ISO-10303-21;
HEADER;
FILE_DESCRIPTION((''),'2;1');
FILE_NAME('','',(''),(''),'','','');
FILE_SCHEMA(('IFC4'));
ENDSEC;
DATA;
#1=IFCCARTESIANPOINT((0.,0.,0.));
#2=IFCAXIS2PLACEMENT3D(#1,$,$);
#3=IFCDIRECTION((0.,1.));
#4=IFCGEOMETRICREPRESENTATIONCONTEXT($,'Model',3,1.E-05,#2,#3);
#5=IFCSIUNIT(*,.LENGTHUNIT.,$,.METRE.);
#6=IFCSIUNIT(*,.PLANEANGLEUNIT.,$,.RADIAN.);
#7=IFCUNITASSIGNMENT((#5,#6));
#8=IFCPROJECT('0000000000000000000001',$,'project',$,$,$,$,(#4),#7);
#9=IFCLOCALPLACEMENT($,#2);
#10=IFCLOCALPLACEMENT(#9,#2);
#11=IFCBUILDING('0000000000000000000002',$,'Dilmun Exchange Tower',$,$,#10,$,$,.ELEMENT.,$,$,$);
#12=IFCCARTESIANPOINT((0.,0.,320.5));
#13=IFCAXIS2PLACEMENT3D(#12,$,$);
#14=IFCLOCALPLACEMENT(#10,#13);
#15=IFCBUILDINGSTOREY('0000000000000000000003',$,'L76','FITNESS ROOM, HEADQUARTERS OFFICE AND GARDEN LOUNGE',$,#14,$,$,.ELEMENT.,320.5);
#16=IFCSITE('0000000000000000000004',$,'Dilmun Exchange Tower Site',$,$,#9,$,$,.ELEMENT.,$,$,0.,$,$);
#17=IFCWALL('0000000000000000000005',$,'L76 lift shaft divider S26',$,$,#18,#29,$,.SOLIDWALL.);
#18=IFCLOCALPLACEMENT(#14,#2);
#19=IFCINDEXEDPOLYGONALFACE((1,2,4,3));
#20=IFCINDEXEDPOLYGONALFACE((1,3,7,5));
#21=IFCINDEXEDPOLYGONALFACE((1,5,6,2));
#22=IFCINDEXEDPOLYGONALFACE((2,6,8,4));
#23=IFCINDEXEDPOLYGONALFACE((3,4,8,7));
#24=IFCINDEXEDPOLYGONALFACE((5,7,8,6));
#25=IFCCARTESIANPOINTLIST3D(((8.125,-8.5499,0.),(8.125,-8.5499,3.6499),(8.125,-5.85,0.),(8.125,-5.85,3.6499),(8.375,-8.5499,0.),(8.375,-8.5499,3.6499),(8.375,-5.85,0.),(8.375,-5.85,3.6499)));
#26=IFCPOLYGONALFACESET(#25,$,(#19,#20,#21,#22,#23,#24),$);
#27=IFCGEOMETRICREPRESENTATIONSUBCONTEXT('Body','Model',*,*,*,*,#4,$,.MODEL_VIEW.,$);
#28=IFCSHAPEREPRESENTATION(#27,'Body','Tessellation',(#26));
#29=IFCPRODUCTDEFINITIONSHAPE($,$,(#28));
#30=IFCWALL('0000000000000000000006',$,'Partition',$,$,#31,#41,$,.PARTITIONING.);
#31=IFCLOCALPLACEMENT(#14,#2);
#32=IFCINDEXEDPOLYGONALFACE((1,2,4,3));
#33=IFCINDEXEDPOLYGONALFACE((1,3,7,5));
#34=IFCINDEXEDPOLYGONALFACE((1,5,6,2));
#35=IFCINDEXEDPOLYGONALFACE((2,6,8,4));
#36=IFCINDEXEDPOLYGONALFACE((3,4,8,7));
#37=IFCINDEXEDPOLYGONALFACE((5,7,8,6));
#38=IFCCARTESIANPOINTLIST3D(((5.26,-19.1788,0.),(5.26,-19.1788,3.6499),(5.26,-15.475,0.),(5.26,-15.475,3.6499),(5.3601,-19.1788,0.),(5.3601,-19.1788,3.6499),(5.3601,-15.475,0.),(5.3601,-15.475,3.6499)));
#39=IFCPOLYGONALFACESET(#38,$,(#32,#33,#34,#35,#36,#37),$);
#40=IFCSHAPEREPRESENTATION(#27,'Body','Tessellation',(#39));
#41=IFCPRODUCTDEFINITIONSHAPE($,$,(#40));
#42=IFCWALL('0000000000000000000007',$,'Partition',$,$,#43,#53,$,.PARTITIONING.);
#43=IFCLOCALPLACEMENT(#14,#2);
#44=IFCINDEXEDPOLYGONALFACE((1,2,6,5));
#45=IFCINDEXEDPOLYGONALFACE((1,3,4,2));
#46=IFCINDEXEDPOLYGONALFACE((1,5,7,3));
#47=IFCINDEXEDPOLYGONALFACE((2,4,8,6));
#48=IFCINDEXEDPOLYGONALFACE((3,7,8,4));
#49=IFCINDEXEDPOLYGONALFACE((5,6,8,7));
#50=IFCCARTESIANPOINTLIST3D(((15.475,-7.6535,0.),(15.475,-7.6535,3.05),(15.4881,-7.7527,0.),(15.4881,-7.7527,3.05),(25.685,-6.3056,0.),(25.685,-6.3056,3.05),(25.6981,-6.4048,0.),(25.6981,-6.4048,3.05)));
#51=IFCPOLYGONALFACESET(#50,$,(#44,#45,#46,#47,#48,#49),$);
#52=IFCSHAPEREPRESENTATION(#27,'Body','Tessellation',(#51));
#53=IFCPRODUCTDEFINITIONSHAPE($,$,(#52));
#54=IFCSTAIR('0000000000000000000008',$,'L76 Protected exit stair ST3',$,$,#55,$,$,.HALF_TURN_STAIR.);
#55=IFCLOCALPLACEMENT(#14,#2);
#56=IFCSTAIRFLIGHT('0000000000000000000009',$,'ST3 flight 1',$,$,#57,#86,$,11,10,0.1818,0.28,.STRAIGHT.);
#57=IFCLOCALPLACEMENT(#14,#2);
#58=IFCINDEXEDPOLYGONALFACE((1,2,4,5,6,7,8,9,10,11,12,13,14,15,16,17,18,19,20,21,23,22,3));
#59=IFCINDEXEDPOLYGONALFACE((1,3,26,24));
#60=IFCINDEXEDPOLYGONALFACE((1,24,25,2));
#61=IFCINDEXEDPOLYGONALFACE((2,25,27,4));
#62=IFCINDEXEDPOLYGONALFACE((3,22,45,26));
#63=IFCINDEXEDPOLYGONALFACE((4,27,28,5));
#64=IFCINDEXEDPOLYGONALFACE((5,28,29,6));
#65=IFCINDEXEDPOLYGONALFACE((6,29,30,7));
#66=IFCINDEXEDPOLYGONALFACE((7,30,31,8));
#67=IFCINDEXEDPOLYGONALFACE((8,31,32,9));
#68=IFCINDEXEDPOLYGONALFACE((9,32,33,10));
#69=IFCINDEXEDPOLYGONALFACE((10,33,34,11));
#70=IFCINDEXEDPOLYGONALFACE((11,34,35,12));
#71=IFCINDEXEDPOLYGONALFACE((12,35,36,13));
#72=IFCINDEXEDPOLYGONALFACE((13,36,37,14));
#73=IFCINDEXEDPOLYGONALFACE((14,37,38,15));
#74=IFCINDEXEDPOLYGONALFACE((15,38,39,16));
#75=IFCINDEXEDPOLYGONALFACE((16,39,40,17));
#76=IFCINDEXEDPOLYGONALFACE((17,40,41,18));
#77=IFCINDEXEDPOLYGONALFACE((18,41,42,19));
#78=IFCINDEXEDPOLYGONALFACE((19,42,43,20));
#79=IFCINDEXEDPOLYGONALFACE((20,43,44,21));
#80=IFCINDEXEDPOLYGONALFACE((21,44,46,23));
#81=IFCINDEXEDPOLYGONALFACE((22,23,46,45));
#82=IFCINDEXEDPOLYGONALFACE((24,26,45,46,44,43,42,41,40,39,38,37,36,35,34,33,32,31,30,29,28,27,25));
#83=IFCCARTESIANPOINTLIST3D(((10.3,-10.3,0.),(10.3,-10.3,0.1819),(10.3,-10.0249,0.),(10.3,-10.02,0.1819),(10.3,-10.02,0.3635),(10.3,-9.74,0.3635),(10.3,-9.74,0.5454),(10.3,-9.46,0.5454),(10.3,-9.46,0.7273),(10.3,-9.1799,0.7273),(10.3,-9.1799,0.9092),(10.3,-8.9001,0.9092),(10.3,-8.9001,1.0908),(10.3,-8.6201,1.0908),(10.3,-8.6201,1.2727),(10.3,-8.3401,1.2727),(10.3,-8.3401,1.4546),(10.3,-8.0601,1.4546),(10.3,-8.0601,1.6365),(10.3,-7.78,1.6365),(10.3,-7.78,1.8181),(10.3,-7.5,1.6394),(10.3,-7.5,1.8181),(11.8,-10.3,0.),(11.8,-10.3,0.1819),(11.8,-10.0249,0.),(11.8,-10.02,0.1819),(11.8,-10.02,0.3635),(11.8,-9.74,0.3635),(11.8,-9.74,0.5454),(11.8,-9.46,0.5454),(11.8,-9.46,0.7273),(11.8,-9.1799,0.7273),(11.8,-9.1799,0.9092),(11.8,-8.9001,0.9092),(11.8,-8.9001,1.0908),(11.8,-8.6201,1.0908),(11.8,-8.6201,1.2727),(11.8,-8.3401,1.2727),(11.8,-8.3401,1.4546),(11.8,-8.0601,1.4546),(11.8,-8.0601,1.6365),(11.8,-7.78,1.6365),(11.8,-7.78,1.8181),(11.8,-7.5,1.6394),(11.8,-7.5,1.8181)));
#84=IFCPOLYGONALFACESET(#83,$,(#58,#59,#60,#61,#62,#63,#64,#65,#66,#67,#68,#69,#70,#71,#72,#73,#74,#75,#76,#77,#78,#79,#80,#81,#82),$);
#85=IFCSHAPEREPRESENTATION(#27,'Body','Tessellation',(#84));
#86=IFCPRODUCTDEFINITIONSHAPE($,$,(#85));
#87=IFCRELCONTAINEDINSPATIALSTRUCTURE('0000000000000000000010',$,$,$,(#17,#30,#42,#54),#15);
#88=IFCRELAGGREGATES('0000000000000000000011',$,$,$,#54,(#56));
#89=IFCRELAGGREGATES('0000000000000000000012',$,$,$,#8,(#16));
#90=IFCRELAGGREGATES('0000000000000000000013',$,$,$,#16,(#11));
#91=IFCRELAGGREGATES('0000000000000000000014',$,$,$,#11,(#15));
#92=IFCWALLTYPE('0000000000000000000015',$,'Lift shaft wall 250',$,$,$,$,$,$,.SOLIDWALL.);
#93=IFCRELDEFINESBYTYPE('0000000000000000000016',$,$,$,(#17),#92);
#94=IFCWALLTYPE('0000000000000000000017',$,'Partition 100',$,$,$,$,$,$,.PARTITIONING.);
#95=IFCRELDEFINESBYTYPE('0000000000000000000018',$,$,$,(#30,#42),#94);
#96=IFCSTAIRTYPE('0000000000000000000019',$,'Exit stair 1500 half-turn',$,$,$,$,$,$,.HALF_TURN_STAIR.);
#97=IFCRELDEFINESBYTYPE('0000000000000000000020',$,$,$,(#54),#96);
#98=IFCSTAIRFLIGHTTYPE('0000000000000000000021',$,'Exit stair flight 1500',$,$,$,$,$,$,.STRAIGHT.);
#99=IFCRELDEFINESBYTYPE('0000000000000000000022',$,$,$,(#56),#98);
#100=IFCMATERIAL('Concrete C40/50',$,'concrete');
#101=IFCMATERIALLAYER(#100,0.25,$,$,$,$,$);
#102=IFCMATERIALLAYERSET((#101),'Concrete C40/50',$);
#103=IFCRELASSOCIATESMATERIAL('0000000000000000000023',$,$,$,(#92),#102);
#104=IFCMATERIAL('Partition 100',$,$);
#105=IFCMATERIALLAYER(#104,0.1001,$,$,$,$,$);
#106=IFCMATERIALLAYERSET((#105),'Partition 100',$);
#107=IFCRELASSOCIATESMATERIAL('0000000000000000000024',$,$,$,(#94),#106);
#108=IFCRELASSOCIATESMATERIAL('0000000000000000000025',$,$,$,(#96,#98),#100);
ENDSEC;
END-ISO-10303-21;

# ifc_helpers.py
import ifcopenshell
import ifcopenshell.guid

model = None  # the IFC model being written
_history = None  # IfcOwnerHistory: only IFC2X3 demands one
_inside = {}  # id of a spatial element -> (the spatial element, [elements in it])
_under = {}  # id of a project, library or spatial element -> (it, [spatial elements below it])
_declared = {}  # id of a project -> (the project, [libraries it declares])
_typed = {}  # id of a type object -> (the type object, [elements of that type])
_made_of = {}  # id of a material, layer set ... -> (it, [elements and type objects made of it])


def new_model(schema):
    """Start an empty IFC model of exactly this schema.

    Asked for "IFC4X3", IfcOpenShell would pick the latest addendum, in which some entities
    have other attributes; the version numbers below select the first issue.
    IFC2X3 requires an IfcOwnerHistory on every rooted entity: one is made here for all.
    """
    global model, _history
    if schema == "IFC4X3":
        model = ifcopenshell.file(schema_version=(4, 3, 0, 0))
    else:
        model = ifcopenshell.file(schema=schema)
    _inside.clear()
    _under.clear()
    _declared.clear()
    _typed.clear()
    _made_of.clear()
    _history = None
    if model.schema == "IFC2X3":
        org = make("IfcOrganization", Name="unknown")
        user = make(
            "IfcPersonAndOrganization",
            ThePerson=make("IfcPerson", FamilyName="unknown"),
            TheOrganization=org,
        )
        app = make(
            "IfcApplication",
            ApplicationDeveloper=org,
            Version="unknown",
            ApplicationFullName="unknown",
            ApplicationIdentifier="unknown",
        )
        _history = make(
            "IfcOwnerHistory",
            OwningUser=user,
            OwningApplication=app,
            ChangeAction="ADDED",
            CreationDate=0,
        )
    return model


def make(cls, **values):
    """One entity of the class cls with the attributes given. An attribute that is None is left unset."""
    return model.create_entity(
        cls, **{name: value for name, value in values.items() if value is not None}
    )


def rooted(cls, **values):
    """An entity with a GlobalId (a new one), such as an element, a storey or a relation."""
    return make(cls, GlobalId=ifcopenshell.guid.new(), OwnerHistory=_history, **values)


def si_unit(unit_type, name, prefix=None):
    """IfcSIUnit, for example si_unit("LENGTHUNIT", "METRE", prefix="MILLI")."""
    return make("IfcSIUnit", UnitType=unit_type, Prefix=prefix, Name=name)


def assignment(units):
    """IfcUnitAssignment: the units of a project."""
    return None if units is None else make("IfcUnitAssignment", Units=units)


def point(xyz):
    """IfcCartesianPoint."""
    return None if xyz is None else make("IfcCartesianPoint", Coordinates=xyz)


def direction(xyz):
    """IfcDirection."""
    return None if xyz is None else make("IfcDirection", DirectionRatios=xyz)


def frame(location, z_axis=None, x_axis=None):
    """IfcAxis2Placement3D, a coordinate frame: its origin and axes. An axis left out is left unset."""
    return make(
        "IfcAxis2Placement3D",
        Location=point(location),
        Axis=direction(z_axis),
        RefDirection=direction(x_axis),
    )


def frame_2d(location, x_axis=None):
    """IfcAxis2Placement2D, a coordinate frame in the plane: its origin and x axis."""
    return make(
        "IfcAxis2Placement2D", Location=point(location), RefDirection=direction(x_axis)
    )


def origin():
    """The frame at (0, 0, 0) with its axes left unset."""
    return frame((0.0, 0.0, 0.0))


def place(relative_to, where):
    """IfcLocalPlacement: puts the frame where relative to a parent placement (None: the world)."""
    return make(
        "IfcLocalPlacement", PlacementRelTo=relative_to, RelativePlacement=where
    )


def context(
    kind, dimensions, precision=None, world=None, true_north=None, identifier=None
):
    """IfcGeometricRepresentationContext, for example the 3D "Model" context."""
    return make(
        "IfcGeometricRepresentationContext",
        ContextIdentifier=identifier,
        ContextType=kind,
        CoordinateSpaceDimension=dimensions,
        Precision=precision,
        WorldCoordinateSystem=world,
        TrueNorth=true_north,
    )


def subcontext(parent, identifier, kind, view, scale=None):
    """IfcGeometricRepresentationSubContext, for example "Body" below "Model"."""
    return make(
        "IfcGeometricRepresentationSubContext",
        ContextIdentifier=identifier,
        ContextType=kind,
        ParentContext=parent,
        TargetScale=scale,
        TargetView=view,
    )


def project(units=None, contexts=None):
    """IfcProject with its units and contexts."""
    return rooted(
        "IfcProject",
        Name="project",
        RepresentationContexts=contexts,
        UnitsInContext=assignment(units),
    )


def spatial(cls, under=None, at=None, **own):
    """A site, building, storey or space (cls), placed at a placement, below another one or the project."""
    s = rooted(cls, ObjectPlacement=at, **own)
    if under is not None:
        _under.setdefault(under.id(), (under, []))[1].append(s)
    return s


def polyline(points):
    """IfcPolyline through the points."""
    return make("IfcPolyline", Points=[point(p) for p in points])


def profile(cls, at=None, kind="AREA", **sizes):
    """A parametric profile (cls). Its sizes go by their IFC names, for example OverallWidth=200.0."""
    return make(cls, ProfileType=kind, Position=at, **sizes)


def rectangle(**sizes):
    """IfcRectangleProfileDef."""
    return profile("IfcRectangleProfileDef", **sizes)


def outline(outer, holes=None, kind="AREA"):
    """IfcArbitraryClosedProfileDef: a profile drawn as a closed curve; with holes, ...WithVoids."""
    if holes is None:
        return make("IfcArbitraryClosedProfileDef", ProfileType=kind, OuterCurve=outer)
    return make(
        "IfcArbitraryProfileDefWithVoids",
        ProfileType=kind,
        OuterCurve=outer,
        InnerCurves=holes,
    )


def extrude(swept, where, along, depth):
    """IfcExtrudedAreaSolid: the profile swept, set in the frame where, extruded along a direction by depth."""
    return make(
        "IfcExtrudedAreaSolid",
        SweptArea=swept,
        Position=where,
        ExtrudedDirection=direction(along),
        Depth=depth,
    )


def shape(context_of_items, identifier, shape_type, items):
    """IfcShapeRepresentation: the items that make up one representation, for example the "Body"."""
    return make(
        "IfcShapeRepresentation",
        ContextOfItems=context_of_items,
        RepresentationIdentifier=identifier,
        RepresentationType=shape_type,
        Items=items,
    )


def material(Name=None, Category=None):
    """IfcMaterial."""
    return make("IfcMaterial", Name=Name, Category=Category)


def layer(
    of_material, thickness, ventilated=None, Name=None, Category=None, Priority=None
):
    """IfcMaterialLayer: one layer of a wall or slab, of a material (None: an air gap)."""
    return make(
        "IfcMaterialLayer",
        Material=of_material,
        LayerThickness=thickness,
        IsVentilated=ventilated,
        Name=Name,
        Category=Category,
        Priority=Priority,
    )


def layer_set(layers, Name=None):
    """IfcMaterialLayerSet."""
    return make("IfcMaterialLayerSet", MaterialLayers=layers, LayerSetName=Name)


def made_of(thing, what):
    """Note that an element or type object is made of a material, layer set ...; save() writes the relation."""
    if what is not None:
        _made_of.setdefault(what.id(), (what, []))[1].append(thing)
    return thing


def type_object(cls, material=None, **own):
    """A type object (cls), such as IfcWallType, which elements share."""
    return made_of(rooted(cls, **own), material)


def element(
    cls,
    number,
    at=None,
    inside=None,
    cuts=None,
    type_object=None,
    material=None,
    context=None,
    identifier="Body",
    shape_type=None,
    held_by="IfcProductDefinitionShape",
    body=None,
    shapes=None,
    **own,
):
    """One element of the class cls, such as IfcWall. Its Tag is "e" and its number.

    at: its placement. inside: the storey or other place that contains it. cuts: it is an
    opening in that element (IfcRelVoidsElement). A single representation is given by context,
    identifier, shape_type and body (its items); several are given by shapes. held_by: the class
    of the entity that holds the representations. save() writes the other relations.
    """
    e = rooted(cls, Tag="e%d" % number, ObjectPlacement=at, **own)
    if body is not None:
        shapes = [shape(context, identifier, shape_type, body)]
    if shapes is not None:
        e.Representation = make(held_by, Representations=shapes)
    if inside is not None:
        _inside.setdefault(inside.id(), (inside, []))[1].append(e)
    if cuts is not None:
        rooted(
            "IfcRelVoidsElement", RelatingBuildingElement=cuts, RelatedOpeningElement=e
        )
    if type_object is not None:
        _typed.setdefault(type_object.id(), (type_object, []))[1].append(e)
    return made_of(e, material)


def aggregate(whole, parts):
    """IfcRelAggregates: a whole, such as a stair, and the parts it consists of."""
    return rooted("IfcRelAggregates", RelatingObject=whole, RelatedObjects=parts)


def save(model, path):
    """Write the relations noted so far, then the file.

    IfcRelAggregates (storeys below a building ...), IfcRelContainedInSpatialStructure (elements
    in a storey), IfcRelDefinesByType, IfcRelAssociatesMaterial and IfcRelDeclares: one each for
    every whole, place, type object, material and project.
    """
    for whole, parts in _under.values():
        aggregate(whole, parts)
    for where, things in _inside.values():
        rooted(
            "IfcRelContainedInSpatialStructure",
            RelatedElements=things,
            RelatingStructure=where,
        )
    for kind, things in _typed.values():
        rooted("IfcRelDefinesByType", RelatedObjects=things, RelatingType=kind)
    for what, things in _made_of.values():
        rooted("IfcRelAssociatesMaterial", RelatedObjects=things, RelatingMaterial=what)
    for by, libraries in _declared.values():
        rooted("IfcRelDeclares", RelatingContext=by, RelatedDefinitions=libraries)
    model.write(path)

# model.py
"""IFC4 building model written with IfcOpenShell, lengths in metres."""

from ifc_helpers import new_model, si_unit, direction, frame, frame_2d, origin, place, context, subcontext, project, spatial, polyline, rectangle, outline, extrude, material, layer, layer_set, type_object, element, aggregate, save


model = new_model("IFC4")

# Units and contexts
model_context = context("Model", 3, precision=1e-05, world=origin(), true_north=direction((0.0, 1.0)))
body_context = subcontext(model_context, "Body", "Model", "MODEL_VIEW")
ifc_project = project(units=[si_unit("LENGTHUNIT", "METRE"), si_unit("PLANEANGLEUNIT", "RADIAN")], contexts=[model_context])

# Site, building, storey
site_placement = place(None, origin())
site = spatial("IfcSite", under=ifc_project, at=site_placement, Name="Dilmun Exchange Tower Site", CompositionType="ELEMENT", RefElevation=0.0)
building_placement = place(site_placement, origin())
building = spatial("IfcBuilding", under=site, at=building_placement, Name="Dilmun Exchange Tower", CompositionType="ELEMENT")
storey_placement = place(building_placement, frame((0.0, 0.0, 320.5)))
storey = spatial("IfcBuildingStorey", under=building, at=storey_placement, Name="L76", Description="FITNESS ROOM, HEADQUARTERS OFFICE AND GARDEN LOUNGE", CompositionType="ELEMENT", Elevation=320.5)

# Shared definitions
ifc_material_1 = material(Name="Concrete C40/50", Category="concrete")

# Walls
ifc_layer_1 = layer(ifc_material_1, 0.25)
ifc_layer_set_1 = layer_set([ifc_layer_1], Name="Concrete C40/50")
wall_type_1 = type_object("IfcWallType", Name="Lift shaft wall 250", PredefinedType="SOLIDWALL", material=ifc_layer_set_1)
for number, where, z_axis, x_axis, name in (
    (1, (8.25, -8.55, 0.0), (0.0, 0.0, 1.0), (0.0, 1.0, 0.0), "L76 lift shaft divider S26"),
):
    element("IfcWall", number, at=place(storey_placement, frame(where, z_axis=z_axis, x_axis=x_axis)), inside=storey, type_object=wall_type_1, Name=name, PredefinedType="SOLIDWALL", context=body_context, shape_type="SweptSolid", body=[
        extrude(rectangle(XDim=2.7, YDim=0.25, at=frame_2d((1.3501, 0.0))), origin(), (0.0, 0.0, 1.0), 3.6499),
    ])
ifc_material_2 = material(Name="Partition 100")
ifc_layer_2 = layer(ifc_material_2, 0.1001)
ifc_layer_set_2 = layer_set([ifc_layer_2], Name="Partition 100")
wall_type_2 = type_object("IfcWallType", Name="Partition 100", PredefinedType="PARTITIONING", material=ifc_layer_set_2)
wall_1_placement = place(storey_placement, frame((5.3101, -19.179, 0.0), z_axis=(0.0, 0.0, 1.0), x_axis=(0.0, 1.0, 0.0)))
element("IfcWall", 2, at=wall_1_placement, inside=storey, type_object=wall_type_2, Name="Partition", PredefinedType="PARTITIONING", context=body_context, shape_type="SweptSolid", body=[
    extrude(rectangle(XDim=3.7039, YDim=0.1001, at=frame_2d((1.8521, 0.0))), origin(), (0.0, 0.0, 1.0), 3.6499),
])
wall_2_placement = place(storey_placement, frame((15.4814, -7.7031, 0.0), z_axis=(0.0, 0.0, 1.0), x_axis=(0.991398, 0.130883, 0.0)))
element("IfcWall", 3, at=wall_2_placement, inside=storey, type_object=wall_type_2, Name="Partition", PredefinedType="PARTITIONING", context=body_context, shape_type="SweptSolid", body=[
    extrude(rectangle(XDim=10.2986, YDim=0.1001, at=frame_2d((5.1494, 0.0))), origin(), (0.0, 0.0, 1.0), 3.05),
])

# Stair, stair flight
stair_type = type_object("IfcStairType", Name="Exit stair 1500 half-turn", PredefinedType="HALF_TURN_STAIR", material=ifc_material_1)
stair_placement = place(storey_placement, origin())
stair = element("IfcStair", 4, at=stair_placement, inside=storey, type_object=stair_type, Name="L76 Protected exit stair ST3", PredefinedType="HALF_TURN_STAIR")
stair_flight_type = type_object("IfcStairFlightType", Name="Exit stair flight 1500", PredefinedType="STRAIGHT", material=ifc_material_1)
stair_flight_placement = place(storey_placement, frame((11.05, -10.3, 0.0), z_axis=(0.0, 0.0, 1.0), x_axis=(0.0, 1.0, 0.0)))
stair_flight = element("IfcStairFlight", 5, at=stair_flight_placement, type_object=stair_flight_type, Name="ST3 flight 1", NumberOfRisers=11, NumberOfTreads=10, PredefinedType="STRAIGHT", RiserHeight=0.1818, TreadLength=0.28, context=body_context, shape_type="SweptSolid", body=[
    extrude(outline(polyline([(0.0, 0.0), (0.0, 0.1819), (0.28, 0.1819), (0.28, 0.3635), (0.5601, 0.3635), (0.5601, 0.5454), (0.8401, 0.5454), (0.8401, 0.7273), (1.1201, 0.7273), (1.1201, 0.9092), (1.3999, 0.9092), (1.3999, 1.0908), (1.6799, 1.0908), (1.6799, 1.2727), (1.96, 1.2727), (1.96, 1.4546), (2.24, 1.4546), (2.24, 1.6365), (2.52, 1.6365), (2.52, 1.8181), (2.8, 1.8181), (2.8, 2.0), (2.8, 1.6394), (0.2751, 0.0), (0.0, 0.0)])), frame((0.0, 0.75, 0.0), z_axis=(0.0, -1.0, 0.0), x_axis=(1.0, 0.0, 0.0)), (0.0, 0.0, 1.0), 1.5),
])
aggregate(stair, [stair_flight])

save(model, "model.ifc")
